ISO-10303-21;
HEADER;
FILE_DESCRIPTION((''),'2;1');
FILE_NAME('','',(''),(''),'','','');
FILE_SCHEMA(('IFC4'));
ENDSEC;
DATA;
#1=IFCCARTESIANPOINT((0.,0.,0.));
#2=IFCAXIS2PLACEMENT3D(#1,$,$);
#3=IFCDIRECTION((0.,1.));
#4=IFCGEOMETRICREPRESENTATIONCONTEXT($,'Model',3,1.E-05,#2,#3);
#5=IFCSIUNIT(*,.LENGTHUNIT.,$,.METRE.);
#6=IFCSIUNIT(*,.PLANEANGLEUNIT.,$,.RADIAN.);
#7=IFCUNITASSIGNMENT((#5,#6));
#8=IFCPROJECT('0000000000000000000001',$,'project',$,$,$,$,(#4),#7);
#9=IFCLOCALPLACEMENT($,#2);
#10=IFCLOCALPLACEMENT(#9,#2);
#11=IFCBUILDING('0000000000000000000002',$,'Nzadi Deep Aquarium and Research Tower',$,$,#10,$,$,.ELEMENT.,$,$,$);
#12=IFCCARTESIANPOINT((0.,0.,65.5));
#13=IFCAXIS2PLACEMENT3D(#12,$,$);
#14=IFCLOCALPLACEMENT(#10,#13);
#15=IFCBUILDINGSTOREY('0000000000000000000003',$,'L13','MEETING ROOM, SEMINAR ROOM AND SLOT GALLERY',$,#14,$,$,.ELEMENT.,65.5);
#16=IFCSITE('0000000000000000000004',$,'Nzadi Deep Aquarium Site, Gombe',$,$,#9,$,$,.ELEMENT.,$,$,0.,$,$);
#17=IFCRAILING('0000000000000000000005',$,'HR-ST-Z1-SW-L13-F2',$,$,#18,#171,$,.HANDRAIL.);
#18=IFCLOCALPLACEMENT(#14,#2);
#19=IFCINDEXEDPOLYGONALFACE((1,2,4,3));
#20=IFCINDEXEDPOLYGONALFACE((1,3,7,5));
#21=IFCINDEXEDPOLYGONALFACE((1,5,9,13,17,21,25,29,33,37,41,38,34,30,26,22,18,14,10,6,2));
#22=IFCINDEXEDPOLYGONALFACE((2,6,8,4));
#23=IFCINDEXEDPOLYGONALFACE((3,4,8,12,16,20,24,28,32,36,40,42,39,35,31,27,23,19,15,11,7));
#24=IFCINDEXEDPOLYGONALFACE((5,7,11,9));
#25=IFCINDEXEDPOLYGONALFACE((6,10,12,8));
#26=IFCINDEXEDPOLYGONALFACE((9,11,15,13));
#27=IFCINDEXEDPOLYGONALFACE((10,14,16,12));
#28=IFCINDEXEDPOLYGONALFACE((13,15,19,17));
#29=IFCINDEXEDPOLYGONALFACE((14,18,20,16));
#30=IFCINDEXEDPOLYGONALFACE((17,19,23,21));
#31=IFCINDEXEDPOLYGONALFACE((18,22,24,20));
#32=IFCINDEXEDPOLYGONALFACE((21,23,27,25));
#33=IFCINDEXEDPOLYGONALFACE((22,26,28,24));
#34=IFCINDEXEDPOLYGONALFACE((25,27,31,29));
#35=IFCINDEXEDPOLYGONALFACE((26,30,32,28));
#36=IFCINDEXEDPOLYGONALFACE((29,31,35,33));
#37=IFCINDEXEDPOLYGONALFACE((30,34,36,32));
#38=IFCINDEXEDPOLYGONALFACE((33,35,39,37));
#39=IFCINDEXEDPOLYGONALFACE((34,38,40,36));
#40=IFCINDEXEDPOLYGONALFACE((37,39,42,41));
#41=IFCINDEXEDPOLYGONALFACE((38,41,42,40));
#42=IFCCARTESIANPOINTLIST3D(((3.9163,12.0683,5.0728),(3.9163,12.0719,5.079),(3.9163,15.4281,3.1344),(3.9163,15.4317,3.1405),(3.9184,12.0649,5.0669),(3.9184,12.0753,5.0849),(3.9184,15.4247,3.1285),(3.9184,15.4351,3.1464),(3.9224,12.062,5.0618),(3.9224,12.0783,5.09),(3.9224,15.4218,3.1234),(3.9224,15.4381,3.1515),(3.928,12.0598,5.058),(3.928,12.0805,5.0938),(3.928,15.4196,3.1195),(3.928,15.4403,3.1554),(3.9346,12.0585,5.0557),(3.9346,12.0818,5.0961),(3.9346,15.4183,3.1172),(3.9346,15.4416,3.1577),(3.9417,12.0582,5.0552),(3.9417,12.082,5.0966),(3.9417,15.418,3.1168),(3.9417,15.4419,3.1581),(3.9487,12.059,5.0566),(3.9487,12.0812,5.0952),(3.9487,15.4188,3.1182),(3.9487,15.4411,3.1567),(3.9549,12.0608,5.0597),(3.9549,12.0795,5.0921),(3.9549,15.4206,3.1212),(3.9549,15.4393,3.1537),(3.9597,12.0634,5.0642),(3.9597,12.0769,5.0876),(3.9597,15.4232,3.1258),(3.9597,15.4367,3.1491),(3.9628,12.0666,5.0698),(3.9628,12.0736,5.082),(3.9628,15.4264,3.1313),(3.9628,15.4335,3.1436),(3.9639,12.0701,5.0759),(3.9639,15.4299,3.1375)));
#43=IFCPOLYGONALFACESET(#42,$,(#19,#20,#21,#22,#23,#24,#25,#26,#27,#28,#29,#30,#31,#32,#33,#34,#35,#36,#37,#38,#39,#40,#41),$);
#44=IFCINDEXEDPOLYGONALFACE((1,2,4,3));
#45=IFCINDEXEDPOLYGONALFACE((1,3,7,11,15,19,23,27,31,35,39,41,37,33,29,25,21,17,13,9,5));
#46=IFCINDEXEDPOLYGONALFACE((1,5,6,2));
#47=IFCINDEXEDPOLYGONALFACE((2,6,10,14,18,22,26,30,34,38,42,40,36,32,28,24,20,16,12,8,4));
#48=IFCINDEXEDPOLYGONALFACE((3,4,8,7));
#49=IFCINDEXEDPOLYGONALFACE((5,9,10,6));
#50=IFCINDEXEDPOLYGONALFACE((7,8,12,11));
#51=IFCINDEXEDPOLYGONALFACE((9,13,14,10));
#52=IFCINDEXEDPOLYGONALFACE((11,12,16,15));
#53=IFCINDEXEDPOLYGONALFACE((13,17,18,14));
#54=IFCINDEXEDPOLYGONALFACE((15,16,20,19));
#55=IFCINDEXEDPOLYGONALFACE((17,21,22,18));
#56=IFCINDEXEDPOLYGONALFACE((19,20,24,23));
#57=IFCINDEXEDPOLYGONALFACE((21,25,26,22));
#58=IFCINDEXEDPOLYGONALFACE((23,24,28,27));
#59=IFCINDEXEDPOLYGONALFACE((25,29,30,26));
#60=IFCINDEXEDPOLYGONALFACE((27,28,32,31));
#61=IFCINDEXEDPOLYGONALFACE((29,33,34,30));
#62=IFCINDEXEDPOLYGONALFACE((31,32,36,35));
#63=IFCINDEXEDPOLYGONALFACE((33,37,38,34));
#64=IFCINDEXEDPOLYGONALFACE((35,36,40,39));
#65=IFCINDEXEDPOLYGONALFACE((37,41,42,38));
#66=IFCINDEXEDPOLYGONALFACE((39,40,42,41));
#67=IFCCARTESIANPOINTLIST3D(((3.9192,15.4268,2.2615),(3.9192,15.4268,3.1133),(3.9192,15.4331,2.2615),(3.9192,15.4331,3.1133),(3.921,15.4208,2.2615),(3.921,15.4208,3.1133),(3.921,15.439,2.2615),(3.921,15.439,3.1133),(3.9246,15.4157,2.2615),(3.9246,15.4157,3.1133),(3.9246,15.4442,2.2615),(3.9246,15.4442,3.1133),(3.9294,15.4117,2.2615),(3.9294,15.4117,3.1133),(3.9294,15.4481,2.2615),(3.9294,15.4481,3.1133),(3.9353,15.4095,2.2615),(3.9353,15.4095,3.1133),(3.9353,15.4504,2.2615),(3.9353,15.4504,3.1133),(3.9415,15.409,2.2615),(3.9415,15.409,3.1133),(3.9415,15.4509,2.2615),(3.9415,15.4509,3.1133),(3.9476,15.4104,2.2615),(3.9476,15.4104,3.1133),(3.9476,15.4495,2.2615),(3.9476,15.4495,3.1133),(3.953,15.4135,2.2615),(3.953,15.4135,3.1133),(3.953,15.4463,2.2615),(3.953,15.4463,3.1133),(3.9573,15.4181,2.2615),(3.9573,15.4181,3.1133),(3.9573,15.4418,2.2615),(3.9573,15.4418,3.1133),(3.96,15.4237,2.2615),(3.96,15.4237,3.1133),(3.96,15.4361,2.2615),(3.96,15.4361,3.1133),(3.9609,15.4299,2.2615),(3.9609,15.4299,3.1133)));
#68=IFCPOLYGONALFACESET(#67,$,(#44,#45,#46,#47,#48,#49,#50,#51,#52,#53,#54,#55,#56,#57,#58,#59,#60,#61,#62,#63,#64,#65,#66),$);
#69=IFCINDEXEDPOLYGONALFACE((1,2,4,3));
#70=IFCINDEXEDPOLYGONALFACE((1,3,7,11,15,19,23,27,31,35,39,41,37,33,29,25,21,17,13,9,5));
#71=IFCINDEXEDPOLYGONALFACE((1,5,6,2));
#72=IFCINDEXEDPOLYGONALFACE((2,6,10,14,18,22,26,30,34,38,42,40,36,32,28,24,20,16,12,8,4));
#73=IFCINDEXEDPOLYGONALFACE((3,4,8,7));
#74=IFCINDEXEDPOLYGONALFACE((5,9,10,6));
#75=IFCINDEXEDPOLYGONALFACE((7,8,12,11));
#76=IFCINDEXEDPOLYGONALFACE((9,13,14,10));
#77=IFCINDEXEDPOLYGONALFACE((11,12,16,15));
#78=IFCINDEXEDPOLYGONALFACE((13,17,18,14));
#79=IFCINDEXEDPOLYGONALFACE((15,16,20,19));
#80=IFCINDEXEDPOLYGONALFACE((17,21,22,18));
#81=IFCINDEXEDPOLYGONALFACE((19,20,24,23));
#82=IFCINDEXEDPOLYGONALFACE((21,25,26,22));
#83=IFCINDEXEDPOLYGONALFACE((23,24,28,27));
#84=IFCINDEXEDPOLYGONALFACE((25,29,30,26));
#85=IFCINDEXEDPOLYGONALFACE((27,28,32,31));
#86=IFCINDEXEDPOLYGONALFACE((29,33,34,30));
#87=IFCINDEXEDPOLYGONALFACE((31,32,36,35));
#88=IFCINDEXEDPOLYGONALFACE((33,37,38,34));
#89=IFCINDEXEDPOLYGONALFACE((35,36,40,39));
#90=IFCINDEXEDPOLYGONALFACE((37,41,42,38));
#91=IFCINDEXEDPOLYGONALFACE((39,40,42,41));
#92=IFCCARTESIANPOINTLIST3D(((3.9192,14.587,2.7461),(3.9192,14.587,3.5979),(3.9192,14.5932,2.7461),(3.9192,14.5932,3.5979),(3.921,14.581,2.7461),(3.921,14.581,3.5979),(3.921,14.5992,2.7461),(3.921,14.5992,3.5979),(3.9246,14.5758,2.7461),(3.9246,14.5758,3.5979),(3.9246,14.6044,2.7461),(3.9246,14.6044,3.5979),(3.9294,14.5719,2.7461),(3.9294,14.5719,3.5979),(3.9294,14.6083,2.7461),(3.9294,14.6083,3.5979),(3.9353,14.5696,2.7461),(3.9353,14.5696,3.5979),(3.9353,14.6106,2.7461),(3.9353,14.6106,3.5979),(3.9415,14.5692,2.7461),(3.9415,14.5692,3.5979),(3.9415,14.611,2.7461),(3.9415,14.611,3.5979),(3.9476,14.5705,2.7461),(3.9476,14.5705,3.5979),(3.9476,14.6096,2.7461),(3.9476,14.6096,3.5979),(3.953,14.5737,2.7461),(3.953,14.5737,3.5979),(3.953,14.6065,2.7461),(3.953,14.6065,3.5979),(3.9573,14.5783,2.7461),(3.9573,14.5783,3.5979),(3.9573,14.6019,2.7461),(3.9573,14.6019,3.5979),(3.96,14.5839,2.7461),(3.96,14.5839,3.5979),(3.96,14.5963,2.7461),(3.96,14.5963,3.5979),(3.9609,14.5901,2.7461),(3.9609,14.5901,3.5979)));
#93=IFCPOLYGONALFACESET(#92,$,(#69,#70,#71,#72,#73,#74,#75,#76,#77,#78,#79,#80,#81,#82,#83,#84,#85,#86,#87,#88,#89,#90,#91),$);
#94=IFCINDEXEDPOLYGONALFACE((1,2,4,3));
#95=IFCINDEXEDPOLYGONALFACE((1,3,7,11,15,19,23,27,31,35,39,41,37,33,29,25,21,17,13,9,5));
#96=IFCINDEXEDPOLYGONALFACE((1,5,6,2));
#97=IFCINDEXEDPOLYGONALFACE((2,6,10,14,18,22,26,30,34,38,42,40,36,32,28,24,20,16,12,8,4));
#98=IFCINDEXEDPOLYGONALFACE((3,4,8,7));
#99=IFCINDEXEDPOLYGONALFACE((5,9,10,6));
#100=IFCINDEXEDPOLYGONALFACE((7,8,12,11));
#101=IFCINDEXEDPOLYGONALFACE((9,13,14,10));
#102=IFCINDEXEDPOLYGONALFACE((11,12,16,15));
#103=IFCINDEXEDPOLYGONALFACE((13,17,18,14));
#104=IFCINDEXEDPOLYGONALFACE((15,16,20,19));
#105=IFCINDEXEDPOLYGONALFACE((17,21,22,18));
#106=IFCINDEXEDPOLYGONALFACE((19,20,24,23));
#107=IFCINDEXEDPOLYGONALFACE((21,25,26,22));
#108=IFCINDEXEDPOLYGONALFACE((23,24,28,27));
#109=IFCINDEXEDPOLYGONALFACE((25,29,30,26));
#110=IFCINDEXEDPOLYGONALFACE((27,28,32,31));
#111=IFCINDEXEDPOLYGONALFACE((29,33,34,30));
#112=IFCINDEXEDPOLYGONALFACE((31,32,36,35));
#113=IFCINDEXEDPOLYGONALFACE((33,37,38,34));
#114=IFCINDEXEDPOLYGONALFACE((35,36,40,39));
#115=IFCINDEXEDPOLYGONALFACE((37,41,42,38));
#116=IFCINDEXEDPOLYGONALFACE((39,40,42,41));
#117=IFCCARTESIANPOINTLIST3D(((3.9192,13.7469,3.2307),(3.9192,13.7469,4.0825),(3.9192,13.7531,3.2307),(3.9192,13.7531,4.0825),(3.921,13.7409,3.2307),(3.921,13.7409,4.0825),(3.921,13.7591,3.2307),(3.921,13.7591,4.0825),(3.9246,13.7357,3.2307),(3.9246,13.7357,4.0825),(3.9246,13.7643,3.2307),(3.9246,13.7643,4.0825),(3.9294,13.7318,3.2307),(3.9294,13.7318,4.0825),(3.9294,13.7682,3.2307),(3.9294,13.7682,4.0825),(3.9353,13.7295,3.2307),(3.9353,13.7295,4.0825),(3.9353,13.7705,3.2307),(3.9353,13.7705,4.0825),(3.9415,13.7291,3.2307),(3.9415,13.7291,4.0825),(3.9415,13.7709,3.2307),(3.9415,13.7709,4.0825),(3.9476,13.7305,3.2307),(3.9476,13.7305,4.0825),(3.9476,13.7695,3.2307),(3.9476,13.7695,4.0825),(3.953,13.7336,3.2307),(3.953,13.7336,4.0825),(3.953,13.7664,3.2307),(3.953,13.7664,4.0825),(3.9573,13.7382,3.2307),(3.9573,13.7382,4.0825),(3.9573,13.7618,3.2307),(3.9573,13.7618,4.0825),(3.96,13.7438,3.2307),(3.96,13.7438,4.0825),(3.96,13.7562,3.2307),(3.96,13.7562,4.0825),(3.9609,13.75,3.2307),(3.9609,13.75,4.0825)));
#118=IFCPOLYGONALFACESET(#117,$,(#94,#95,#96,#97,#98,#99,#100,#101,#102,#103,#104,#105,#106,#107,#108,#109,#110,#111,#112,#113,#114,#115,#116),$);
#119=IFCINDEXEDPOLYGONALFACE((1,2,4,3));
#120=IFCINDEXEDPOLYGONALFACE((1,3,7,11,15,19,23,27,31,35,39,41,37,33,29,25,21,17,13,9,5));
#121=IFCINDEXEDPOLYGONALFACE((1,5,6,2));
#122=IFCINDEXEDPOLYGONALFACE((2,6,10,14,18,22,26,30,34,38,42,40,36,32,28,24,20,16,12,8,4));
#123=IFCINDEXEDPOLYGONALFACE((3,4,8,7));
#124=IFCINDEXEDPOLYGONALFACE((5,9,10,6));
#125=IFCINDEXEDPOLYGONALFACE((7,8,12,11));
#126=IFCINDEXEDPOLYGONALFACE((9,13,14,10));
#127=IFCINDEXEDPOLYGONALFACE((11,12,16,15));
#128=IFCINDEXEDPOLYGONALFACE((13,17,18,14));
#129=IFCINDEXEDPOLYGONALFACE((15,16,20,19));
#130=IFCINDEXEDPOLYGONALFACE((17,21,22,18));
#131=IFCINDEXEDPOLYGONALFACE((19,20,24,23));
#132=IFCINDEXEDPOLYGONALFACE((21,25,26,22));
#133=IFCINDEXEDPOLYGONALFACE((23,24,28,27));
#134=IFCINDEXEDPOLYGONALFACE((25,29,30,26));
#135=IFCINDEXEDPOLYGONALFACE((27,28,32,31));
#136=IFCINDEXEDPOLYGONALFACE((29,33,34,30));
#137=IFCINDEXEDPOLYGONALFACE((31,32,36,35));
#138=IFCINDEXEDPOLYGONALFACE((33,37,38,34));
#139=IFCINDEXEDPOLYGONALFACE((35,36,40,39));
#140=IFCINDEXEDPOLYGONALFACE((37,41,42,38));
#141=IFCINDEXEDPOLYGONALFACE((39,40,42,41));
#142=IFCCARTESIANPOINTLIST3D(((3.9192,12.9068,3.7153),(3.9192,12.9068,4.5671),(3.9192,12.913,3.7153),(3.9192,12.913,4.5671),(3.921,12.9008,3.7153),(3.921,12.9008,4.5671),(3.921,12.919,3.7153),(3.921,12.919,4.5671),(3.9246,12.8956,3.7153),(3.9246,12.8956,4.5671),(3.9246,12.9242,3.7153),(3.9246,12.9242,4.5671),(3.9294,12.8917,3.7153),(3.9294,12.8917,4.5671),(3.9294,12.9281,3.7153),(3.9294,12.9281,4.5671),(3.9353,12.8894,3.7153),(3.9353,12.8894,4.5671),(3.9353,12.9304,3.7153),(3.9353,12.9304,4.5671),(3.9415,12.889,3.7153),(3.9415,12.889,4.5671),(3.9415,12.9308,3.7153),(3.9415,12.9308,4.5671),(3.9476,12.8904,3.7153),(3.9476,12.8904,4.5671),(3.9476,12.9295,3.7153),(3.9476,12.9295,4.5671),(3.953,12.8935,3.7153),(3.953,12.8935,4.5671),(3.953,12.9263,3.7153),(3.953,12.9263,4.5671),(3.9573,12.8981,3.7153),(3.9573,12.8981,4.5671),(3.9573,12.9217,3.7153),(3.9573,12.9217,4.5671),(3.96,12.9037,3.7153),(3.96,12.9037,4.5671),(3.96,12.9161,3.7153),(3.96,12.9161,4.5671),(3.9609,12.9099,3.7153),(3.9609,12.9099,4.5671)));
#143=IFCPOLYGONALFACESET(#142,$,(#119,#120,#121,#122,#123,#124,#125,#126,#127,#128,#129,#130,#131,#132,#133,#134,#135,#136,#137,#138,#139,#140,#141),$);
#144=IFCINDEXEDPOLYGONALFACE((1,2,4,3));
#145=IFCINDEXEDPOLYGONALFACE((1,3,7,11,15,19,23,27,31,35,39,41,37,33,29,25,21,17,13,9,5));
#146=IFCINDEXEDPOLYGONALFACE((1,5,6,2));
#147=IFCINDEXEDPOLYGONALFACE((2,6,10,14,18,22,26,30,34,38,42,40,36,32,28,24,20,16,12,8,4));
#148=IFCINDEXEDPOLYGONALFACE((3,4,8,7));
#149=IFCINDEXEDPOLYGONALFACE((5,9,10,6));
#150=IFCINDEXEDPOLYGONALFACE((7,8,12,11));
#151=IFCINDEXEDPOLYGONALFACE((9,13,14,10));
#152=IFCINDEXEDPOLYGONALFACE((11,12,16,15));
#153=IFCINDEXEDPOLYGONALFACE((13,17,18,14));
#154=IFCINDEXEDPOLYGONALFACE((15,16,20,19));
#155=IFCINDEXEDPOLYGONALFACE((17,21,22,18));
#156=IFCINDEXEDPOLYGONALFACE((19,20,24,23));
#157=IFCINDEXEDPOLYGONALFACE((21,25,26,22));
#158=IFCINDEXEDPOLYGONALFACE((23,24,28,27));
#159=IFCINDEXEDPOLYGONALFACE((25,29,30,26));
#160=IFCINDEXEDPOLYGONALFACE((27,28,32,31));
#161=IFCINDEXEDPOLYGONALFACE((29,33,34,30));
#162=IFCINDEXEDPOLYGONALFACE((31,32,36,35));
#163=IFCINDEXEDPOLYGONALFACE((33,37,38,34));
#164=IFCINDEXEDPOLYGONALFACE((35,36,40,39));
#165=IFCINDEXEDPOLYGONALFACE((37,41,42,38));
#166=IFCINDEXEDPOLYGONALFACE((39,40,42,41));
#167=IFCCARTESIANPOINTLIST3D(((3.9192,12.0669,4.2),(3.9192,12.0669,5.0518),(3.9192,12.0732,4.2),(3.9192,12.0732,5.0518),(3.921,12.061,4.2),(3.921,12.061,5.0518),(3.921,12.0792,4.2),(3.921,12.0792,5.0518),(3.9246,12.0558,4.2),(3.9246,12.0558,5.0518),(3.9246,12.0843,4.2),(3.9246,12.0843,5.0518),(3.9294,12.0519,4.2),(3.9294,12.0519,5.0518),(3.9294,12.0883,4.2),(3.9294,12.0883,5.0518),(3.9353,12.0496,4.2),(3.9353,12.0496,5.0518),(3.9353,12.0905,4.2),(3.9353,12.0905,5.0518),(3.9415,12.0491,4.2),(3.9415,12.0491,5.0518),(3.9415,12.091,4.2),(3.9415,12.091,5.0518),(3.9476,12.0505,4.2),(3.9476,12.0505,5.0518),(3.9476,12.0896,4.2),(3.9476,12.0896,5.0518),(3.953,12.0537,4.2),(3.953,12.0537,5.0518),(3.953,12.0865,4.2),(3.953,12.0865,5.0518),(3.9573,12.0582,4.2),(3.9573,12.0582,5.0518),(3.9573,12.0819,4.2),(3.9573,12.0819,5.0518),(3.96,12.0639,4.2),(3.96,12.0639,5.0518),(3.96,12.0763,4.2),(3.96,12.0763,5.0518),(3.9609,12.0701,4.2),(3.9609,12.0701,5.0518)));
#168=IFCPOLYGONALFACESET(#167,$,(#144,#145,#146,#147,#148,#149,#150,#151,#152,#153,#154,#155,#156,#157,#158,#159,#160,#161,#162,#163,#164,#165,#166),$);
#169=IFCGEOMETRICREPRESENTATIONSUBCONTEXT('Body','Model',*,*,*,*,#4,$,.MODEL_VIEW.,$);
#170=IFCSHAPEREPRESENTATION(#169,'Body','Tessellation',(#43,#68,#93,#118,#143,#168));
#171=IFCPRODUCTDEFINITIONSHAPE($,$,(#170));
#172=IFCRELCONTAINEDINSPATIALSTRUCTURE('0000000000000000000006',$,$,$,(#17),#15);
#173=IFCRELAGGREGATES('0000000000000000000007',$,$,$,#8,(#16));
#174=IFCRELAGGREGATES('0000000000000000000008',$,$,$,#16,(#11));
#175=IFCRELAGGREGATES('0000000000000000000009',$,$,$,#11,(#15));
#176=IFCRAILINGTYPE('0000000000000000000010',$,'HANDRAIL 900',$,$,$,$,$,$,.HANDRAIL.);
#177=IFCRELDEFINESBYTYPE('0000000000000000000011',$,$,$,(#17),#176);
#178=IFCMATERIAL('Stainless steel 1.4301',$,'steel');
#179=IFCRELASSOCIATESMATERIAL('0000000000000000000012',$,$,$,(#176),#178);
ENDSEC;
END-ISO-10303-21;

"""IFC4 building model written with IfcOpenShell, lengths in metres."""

from ifc_helpers import new_model, si_unit, direction, frame, origin, origin_2d, place, context, subcontext, project, spatial, circle, extrude, material, type_object, element, save


model = new_model("IFC4")

# Units and contexts
model_context = context("Model", 3, precision=1e-05, world=origin(), true_north=direction((0.0, 1.0)))
body_context = subcontext(model_context, "Body", "Model", "MODEL_VIEW")
ifc_project = project(units=[si_unit("LENGTHUNIT", "METRE"), si_unit("PLANEANGLEUNIT", "RADIAN")], contexts=[model_context])

# Site, building, storey
site_placement = place(None, origin())
site = spatial("IfcSite", under=ifc_project, at=site_placement, Name="Nzadi Deep Aquarium Site, Gombe", CompositionType="ELEMENT", RefElevation=0.0)
building_placement = place(site_placement, origin())
building = spatial("IfcBuilding", under=site, at=building_placement, Name="Nzadi Deep Aquarium and Research Tower", CompositionType="ELEMENT")
storey_placement = place(building_placement, frame((0.0, 0.0, 65.5)))
storey = spatial("IfcBuildingStorey", under=building, at=storey_placement, Name="L13", Description="MEETING ROOM, SEMINAR ROOM AND SLOT GALLERY", CompositionType="ELEMENT", Elevation=65.5)

# Railing
ifc_material_1 = material(Name="Stainless steel 1.4301", Category="steel")
railing_type = type_object("IfcRailingType", Name="HANDRAIL 900", PredefinedType="HANDRAIL", material=ifc_material_1)
for number, where, name in (
    (1, (3.9399, 15.4299, 2.2615), "HR-ST-Z1-SW-L13-F2"),
):
    element("IfcRailing", number, at=place(storey_placement, frame(where)), inside=storey, type_object=railing_type, Name=name, PredefinedType="HANDRAIL", context=body_context, shape_type="SweptSolid", body=[
        extrude(circle(Radius=0.0239, at=origin_2d()), frame((0.0, 0.0, 0.876), z_axis=(0.0, -0.866175, 0.499741), x_axis=(1.0, 0.0, 0.0)), (0.0, 0.0, 1.0), 3.8789),
        extrude(circle(Radius=0.021, at=origin_2d()), origin(), (0.0, 0.0, 1.0), 0.8518),
        extrude(circle(Radius=0.021, at=origin_2d()), frame((0.0, -0.8398, 0.4846)), (0.0, 0.0, 1.0), 0.8518),
        extrude(circle(Radius=0.021, at=origin_2d()), frame((0.0, -1.6799, 0.9692)), (0.0, 0.0, 1.0), 0.8518),
        extrude(circle(Radius=0.021, at=origin_2d()), frame((0.0, -2.52, 1.4539)), (0.0, 0.0, 1.0), 0.8518),
        extrude(circle(Radius=0.021, at=origin_2d()), frame((0.0, -3.3599, 1.9385)), (0.0, 0.0, 1.0), 0.8518),
    ])

save(model, "model.ifc")
